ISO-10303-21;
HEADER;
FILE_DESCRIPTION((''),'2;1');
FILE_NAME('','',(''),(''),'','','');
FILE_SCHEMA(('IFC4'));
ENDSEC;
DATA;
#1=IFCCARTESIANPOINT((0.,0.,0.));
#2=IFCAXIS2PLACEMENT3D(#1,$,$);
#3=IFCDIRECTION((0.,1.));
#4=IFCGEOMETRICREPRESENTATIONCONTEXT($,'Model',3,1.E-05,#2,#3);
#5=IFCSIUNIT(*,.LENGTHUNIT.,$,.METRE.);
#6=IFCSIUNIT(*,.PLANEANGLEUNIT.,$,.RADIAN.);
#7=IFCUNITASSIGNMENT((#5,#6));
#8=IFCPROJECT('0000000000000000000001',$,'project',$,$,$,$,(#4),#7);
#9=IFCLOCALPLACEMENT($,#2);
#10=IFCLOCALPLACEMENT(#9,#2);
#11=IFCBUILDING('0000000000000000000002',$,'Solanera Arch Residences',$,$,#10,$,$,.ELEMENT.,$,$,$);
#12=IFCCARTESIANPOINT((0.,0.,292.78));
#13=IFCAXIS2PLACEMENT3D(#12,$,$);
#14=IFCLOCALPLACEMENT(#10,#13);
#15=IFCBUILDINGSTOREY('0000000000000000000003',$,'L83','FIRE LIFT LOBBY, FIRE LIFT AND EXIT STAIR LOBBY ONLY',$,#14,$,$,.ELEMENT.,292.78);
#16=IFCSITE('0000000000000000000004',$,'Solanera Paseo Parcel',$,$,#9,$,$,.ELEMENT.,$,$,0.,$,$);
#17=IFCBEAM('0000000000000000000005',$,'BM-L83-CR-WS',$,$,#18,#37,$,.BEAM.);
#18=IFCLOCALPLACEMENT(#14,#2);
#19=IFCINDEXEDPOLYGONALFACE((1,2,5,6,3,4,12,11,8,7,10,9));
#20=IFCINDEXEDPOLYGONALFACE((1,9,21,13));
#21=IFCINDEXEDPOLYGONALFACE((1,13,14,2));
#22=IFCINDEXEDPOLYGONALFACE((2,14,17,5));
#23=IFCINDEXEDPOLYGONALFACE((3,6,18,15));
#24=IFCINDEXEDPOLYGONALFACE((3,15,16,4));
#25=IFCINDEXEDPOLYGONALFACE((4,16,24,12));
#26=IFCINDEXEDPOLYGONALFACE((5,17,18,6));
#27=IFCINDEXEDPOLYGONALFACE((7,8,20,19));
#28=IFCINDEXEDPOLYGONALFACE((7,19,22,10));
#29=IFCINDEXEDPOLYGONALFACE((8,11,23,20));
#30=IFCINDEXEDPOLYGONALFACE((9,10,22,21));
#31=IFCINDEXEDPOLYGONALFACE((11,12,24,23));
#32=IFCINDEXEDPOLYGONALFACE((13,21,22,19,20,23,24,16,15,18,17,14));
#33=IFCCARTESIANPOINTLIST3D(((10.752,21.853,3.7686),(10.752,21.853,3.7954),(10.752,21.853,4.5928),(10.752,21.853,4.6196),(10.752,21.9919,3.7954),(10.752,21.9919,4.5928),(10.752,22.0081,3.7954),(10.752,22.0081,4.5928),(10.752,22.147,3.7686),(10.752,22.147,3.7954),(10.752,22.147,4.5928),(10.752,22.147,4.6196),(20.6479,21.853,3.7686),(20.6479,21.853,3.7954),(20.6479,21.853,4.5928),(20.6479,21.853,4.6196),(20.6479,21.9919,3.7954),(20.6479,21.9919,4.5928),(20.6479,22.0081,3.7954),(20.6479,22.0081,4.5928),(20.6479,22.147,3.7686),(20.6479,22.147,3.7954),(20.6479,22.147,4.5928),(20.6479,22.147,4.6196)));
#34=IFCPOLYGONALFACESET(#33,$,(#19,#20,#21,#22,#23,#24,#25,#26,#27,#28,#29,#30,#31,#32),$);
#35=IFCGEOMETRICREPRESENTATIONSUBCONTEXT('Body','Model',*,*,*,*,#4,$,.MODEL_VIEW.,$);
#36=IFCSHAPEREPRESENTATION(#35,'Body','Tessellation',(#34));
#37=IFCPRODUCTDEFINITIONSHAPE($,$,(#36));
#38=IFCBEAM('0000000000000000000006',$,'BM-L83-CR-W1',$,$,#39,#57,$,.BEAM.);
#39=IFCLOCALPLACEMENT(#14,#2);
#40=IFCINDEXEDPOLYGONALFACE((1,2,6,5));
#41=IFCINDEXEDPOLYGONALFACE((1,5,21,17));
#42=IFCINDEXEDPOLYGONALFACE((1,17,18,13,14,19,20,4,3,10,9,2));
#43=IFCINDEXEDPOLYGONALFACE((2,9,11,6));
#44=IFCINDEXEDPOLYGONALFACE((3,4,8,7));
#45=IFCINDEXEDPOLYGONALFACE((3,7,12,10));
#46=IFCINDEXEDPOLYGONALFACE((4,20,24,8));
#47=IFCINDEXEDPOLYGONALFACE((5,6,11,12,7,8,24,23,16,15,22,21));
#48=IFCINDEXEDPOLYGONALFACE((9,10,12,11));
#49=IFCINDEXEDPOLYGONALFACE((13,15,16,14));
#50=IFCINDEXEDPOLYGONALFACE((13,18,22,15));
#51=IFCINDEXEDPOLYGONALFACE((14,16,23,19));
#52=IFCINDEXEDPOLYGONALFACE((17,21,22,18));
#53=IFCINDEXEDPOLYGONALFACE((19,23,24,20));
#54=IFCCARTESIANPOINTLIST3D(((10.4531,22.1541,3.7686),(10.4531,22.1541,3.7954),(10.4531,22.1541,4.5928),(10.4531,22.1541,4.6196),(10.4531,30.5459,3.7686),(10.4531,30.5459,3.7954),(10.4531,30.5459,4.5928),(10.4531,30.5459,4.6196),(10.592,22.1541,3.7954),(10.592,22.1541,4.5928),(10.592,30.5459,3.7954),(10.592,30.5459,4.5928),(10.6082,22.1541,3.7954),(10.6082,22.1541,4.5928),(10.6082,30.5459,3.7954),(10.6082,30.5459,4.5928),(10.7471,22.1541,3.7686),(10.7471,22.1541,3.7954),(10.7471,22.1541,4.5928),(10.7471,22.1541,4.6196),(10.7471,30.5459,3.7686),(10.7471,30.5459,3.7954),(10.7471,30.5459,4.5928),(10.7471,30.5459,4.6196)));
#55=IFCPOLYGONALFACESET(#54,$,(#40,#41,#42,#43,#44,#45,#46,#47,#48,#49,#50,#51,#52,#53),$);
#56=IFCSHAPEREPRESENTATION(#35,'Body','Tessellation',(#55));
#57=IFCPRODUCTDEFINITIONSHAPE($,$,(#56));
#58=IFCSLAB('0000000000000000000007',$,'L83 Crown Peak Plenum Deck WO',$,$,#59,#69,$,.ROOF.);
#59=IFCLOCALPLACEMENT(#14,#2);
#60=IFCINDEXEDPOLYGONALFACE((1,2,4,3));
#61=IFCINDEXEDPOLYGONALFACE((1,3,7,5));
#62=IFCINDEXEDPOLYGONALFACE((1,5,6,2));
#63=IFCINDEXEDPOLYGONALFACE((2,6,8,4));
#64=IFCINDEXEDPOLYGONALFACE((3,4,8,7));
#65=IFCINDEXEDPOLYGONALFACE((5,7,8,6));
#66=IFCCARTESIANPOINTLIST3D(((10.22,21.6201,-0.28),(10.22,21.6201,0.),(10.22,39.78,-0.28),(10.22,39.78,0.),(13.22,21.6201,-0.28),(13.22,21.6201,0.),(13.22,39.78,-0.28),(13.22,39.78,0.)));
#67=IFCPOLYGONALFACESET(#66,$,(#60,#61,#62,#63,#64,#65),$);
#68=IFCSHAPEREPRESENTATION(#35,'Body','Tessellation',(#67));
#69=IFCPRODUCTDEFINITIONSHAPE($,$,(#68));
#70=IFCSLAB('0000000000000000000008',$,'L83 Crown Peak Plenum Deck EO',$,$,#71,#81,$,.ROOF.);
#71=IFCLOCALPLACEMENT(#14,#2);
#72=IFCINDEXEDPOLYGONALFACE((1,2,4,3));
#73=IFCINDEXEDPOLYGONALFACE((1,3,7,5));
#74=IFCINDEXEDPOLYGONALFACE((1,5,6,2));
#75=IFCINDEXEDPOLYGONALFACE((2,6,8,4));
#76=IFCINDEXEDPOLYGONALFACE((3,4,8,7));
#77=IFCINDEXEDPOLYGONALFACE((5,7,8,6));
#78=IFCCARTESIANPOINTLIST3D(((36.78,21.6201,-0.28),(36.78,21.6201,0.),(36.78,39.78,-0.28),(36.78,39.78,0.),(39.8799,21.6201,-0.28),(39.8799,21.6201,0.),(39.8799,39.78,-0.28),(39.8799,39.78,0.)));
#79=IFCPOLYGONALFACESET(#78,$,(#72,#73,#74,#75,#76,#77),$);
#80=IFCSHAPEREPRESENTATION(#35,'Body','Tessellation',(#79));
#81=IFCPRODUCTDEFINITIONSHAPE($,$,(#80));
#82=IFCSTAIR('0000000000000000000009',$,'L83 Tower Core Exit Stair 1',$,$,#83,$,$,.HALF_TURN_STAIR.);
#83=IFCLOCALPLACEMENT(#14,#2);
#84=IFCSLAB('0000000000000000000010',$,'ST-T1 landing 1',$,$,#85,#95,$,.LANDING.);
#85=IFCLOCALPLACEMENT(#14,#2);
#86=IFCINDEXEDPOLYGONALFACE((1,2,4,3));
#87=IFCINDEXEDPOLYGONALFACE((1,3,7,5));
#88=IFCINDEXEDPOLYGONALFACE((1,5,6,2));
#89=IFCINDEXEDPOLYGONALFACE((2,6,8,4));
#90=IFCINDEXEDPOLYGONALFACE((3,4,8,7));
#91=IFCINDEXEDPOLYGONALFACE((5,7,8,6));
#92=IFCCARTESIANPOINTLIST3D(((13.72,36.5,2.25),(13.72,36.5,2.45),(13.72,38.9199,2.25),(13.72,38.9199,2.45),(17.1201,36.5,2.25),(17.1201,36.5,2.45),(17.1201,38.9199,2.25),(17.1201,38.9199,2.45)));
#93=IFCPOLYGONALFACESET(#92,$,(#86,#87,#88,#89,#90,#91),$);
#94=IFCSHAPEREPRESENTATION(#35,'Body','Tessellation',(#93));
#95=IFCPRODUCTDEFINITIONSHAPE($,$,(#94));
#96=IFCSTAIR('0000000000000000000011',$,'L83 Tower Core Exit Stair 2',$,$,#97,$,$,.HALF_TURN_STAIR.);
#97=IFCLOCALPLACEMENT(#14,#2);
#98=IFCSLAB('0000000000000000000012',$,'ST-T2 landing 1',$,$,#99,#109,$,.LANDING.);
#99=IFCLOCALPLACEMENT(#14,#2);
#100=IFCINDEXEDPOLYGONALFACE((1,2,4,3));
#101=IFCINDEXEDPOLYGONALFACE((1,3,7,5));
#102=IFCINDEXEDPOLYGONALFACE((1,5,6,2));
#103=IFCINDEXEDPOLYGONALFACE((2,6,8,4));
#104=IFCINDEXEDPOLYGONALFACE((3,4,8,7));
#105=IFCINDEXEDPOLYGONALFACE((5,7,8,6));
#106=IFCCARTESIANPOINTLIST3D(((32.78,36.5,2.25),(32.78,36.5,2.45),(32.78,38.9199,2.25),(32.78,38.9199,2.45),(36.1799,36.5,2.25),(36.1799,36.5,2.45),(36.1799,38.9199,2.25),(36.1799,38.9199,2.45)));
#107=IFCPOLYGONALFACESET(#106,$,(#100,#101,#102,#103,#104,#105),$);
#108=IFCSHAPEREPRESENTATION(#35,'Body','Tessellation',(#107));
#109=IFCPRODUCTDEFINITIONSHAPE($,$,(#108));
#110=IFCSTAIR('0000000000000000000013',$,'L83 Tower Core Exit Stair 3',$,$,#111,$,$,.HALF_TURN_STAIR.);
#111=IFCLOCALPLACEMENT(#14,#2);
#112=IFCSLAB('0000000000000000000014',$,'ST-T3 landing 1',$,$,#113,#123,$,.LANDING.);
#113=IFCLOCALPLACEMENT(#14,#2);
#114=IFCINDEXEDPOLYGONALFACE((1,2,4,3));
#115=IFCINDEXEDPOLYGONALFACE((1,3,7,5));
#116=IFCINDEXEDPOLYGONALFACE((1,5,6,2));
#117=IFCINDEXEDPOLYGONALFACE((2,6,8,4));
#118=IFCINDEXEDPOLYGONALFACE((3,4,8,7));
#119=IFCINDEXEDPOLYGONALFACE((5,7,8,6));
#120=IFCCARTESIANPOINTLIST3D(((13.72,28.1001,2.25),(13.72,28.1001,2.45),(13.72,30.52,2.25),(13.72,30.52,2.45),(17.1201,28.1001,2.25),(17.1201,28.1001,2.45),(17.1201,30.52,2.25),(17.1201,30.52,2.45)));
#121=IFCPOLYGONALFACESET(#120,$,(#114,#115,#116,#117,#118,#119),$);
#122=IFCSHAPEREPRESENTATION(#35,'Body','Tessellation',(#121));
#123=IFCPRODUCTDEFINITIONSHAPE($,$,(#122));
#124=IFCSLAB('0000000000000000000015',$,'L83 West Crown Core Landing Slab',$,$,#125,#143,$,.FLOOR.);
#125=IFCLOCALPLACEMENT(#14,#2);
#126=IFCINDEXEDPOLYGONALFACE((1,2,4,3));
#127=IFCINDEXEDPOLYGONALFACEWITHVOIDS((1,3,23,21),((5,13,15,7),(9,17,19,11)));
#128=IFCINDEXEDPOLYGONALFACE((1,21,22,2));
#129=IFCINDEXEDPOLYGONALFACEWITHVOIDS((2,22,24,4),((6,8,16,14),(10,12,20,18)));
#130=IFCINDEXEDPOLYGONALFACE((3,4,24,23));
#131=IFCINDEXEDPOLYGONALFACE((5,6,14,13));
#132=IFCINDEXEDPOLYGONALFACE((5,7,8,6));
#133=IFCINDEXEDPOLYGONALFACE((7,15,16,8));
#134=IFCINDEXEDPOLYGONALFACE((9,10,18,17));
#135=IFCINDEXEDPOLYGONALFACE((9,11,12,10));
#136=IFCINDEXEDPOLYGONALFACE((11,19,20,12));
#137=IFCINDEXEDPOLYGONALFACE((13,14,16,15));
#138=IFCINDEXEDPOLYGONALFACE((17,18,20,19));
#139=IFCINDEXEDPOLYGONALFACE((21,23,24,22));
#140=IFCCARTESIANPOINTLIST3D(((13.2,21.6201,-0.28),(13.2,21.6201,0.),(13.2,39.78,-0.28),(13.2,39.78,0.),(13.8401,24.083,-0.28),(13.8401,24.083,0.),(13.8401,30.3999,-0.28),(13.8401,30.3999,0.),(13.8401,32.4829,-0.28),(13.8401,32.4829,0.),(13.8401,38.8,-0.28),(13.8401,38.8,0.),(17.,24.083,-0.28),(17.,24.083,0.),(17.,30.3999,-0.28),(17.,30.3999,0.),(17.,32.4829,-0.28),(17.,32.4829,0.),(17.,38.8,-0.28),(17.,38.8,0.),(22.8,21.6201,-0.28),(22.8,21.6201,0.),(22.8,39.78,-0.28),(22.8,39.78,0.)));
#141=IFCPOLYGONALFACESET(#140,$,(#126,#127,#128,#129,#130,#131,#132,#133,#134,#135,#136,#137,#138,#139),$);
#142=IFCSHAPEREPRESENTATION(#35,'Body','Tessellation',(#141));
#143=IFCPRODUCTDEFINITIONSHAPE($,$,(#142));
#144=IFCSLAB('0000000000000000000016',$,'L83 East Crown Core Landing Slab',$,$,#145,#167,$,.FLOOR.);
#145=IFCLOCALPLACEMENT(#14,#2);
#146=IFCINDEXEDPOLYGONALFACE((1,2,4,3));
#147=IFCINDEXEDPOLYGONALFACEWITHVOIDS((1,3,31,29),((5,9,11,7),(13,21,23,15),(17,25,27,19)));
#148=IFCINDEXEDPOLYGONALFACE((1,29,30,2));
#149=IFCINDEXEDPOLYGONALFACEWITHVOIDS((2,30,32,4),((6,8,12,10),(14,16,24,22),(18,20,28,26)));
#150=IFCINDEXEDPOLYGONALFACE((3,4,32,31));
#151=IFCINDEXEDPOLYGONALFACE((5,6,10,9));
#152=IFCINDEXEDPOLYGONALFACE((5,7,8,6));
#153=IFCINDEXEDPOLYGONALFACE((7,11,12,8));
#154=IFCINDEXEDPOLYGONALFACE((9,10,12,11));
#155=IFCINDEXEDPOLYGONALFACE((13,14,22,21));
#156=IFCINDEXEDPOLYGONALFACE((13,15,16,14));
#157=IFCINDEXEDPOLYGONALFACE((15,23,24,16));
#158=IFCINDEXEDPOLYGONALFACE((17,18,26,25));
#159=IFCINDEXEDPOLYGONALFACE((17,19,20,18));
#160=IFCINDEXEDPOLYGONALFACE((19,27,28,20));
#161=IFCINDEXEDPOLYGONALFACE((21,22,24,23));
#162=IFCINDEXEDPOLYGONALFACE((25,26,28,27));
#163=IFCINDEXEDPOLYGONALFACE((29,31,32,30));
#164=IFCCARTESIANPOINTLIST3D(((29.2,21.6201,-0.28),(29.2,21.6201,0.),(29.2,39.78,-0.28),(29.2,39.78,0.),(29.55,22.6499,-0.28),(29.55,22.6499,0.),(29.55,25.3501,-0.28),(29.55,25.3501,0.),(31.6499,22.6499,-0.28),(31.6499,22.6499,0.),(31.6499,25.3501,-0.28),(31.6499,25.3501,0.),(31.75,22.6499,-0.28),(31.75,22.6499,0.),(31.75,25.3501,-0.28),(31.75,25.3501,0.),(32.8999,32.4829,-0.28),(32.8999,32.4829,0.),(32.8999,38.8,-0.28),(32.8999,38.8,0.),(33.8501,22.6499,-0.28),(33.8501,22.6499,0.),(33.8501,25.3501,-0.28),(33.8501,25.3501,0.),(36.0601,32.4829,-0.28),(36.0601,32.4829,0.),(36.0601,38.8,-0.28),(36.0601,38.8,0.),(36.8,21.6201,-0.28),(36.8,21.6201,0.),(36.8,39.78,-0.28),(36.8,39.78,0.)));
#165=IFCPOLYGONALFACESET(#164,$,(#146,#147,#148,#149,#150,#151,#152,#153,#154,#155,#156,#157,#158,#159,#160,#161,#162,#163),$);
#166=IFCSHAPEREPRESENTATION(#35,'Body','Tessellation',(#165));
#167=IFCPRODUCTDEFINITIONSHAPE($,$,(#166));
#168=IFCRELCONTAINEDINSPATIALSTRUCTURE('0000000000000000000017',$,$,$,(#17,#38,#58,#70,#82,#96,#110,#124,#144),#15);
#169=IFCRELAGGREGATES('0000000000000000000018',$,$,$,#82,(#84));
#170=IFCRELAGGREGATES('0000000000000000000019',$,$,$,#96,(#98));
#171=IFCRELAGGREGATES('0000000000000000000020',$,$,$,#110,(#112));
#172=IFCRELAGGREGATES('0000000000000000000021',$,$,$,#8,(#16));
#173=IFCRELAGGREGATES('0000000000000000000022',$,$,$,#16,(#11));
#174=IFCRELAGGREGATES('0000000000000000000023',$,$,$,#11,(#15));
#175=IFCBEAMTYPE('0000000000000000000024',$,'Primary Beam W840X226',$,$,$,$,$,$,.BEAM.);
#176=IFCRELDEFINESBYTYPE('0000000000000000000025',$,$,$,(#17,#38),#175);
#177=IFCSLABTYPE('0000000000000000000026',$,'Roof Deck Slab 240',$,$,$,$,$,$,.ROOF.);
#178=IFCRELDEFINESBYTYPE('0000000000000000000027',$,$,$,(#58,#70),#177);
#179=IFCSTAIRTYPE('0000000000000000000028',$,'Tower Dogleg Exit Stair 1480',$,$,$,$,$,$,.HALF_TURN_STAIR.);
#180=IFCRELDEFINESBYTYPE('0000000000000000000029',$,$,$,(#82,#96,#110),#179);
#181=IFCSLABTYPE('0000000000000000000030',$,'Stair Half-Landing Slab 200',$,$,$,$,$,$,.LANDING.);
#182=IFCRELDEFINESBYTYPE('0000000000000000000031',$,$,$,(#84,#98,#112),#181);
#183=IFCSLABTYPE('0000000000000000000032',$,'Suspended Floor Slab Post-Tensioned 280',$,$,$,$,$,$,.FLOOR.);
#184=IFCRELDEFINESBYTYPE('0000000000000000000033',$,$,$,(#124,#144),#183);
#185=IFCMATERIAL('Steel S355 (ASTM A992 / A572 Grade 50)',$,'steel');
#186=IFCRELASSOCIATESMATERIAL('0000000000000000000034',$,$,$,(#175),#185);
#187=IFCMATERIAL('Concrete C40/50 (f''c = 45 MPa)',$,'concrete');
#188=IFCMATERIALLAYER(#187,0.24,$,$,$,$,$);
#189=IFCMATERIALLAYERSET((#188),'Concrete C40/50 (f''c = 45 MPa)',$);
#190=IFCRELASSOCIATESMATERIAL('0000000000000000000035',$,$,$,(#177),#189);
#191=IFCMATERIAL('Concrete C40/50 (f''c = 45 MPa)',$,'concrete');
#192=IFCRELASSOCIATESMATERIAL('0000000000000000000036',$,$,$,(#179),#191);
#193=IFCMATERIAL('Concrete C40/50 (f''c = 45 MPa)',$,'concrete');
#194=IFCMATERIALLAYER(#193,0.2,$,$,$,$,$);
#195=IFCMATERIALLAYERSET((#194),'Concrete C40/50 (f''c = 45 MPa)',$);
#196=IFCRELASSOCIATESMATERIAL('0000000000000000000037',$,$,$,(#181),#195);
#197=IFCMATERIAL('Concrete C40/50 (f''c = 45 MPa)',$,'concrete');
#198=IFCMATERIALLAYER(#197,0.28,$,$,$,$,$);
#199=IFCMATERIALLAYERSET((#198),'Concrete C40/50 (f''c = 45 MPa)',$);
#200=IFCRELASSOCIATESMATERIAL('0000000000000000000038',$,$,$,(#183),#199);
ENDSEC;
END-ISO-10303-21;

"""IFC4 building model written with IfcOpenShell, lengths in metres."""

from ifc_helpers import new_model, si_unit, direction, frame, origin, origin_2d, place, context, subcontext, project, spatial, polyline, i_section, outline, extrude, material, layer, layer_set, material_profile, profile_set, type_object, element, aggregate, save


model = new_model("IFC4")

# Units and contexts
model_context = context("Model", 3, precision=1e-05, world=origin(), true_north=direction((0.0, 1.0)))
body_context = subcontext(model_context, "Body", "Model", "MODEL_VIEW")
ifc_project = project(units=[si_unit("LENGTHUNIT", "METRE"), si_unit("PLANEANGLEUNIT", "RADIAN")], contexts=[model_context])

# Site, building, storey
site_placement = place(None, origin())
site = spatial("IfcSite", under=ifc_project, at=site_placement, Name="Solanera Paseo Parcel", CompositionType="ELEMENT", RefElevation=0.0)
building_placement = place(site_placement, origin())
building = spatial("IfcBuilding", under=site, at=building_placement, Name="Solanera Arch Residences", CompositionType="ELEMENT")
storey_placement = place(building_placement, frame((0.0, 0.0, 292.78)))
storey = spatial("IfcBuildingStorey", under=building, at=storey_placement, Name="L83", Description="FIRE LIFT LOBBY, FIRE LIFT AND EXIT STAIR LOBBY ONLY", CompositionType="ELEMENT", Elevation=292.78)

# Beams
ifc_material_1 = material(Name="Steel S355 (ASTM A992 / A572 Grade 50)", Category="steel")
ifc_material_profile_1 = material_profile(ifc_material_1, i_section(OverallWidth=0.2939, OverallDepth=0.8511, WebThickness=0.0161, FlangeThickness=0.0269, at=origin_2d()))
ifc_profile_set_1 = profile_set([ifc_material_profile_1], Name="Steel S355 (ASTM A992 / A572 Grade 50)")
beam_type_1 = type_object("IfcBeamType", Name="Primary Beam W840X226", PredefinedType="BEAM", material=ifc_profile_set_1)
beam_1_placement = place(storey_placement, frame((10.752, 22.0, 4.1941), z_axis=(1.0, 0.0, 0.0), x_axis=(0.0, 1.0, 0.0)))
element("IfcBeam", 1, at=beam_1_placement, inside=storey, type_object=beam_type_1, Name="BM-L83-CR-WS", PredefinedType="BEAM", context=body_context, shape_type="SweptSolid", body=[
    extrude(i_section(OverallWidth=0.2939, OverallDepth=0.8511, WebThickness=0.0161, FlangeThickness=0.0269, at=origin_2d()), origin(), (0.0, 0.0, 1.0), 9.896),
])
beam_2_placement = place(storey_placement, frame((10.6001, 22.1541, 4.1941), z_axis=(0.0, 1.0, 0.0), x_axis=(-1.0, 0.0, 0.0)))
element("IfcBeam", 2, at=beam_2_placement, inside=storey, type_object=beam_type_1, Name="BM-L83-CR-W1", PredefinedType="BEAM", context=body_context, shape_type="SweptSolid", body=[
    extrude(i_section(OverallWidth=0.2939, OverallDepth=0.8511, WebThickness=0.0161, FlangeThickness=0.0269, at=origin_2d()), origin(), (0.0, 0.0, 1.0), 8.3918),
])

# Slabs
ifc_material_2 = material(Name="Concrete C40/50 (f'c = 45 MPa)", Category="concrete")
ifc_layer_1 = layer(ifc_material_2, 0.24)
ifc_layer_set_1 = layer_set([ifc_layer_1], Name="Concrete C40/50 (f'c = 45 MPa)")
slab_type_1 = type_object("IfcSlabType", Name="Roof Deck Slab 240", PredefinedType="ROOF", material=ifc_layer_set_1)
slab_1_placement = place(storey_placement, frame((0.0, 0.0, -0.28)))
element("IfcSlab", 3, at=slab_1_placement, inside=storey, type_object=slab_type_1, Name="L83 Crown Peak Plenum Deck WO", PredefinedType="ROOF", context=body_context, shape_type="SweptSolid", body=[
    extrude(outline(polyline([(13.22, 21.6201), (13.22, 39.78), (10.22, 39.78), (10.22, 21.6201), (13.22, 21.6201)])), origin(), (0.0, 0.0, 1.0), 0.28),
])
slab_2_placement = place(storey_placement, frame((0.0, 0.0, -0.28)))
element("IfcSlab", 4, at=slab_2_placement, inside=storey, type_object=slab_type_1, Name="L83 Crown Peak Plenum Deck EO", PredefinedType="ROOF", context=body_context, shape_type="SweptSolid", body=[
    extrude(outline(polyline([(39.8799, 21.6201), (39.8799, 39.78), (36.78, 39.78), (36.78, 21.6201), (39.8799, 21.6201)])), origin(), (0.0, 0.0, 1.0), 0.28),
])

# Stairs, slabs
ifc_material_3 = material(Name="Concrete C40/50 (f'c = 45 MPa)", Category="concrete")
stair_type = type_object("IfcStairType", Name="Tower Dogleg Exit Stair 1480", PredefinedType="HALF_TURN_STAIR", material=ifc_material_3)
stair_1_placement = place(storey_placement, origin())
stair_1 = element("IfcStair", 5, at=stair_1_placement, inside=storey, type_object=stair_type, Name="L83 Tower Core Exit Stair 1", PredefinedType="HALF_TURN_STAIR")
ifc_material_4 = material(Name="Concrete C40/50 (f'c = 45 MPa)", Category="concrete")
ifc_layer_2 = layer(ifc_material_4, 0.2)
ifc_layer_set_2 = layer_set([ifc_layer_2], Name="Concrete C40/50 (f'c = 45 MPa)")
slab_type_2 = type_object("IfcSlabType", Name="Stair Half-Landing Slab 200", PredefinedType="LANDING", material=ifc_layer_set_2)
slab_3_placement = place(storey_placement, frame((0.0, 0.0, 2.25)))
slab_3 = element("IfcSlab", 6, at=slab_3_placement, type_object=slab_type_2, Name="ST-T1 landing 1", PredefinedType="LANDING", context=body_context, shape_type="SweptSolid", body=[
    extrude(outline(polyline([(17.1201, 36.5), (17.1201, 38.9199), (13.72, 38.9199), (13.72, 36.5), (17.1201, 36.5)])), origin(), (0.0, 0.0, 1.0), 0.2),
])
aggregate(stair_1, [slab_3])
stair_2_placement = place(storey_placement, origin())
stair_2 = element("IfcStair", 7, at=stair_2_placement, inside=storey, type_object=stair_type, Name="L83 Tower Core Exit Stair 2", PredefinedType="HALF_TURN_STAIR")
slab_4_placement = place(storey_placement, frame((0.0, 0.0, 2.25)))
slab_4 = element("IfcSlab", 8, at=slab_4_placement, type_object=slab_type_2, Name="ST-T2 landing 1", PredefinedType="LANDING", context=body_context, shape_type="SweptSolid", body=[
    extrude(outline(polyline([(36.1799, 36.5), (36.1799, 38.9199), (32.78, 38.9199), (32.78, 36.5), (36.1799, 36.5)])), origin(), (0.0, 0.0, 1.0), 0.2),
])
aggregate(stair_2, [slab_4])
stair_3_placement = place(storey_placement, origin())
stair_3 = element("IfcStair", 9, at=stair_3_placement, inside=storey, type_object=stair_type, Name="L83 Tower Core Exit Stair 3", PredefinedType="HALF_TURN_STAIR")
slab_5_placement = place(storey_placement, frame((0.0, 0.0, 2.25)))
slab_5 = element("IfcSlab", 10, at=slab_5_placement, type_object=slab_type_2, Name="ST-T3 landing 1", PredefinedType="LANDING", context=body_context, shape_type="SweptSolid", body=[
    extrude(outline(polyline([(17.1201, 28.1001), (17.1201, 30.52), (13.72, 30.52), (13.72, 28.1001), (17.1201, 28.1001)])), origin(), (0.0, 0.0, 1.0), 0.2),
])

# Slabs
ifc_material_5 = material(Name="Concrete C40/50 (f'c = 45 MPa)", Category="concrete")
ifc_layer_3 = layer(ifc_material_5, 0.28)
ifc_layer_set_3 = layer_set([ifc_layer_3], Name="Concrete C40/50 (f'c = 45 MPa)")
slab_type_3 = type_object("IfcSlabType", Name="Suspended Floor Slab Post-Tensioned 280", PredefinedType="FLOOR", material=ifc_layer_set_3)
slab_6_placement = place(storey_placement, frame((0.0, 0.0, -0.28)))
element("IfcSlab", 11, at=slab_6_placement, inside=storey, type_object=slab_type_3, Name="L83 West Crown Core Landing Slab", PredefinedType="FLOOR", context=body_context, shape_type="SweptSolid", body=[
    extrude(outline(polyline([(22.8, 21.6201), (22.8, 39.78), (13.2, 39.78), (13.2, 21.6201), (22.8, 21.6201)]), holes=[polyline([(13.8401, 32.4829), (13.8401, 38.8), (17.0, 38.8), (17.0, 32.4829), (13.8401, 32.4829)]), polyline([(13.8401, 24.083), (13.8401, 30.3999), (17.0, 30.3999), (17.0, 24.083), (13.8401, 24.083)])]), origin(), (0.0, 0.0, 1.0), 0.28),
])
slab_7_placement = place(storey_placement, frame((0.0, 0.0, -0.28)))
element("IfcSlab", 12, at=slab_7_placement, inside=storey, type_object=slab_type_3, Name="L83 East Crown Core Landing Slab", PredefinedType="FLOOR", context=body_context, shape_type="SweptSolid", body=[
    extrude(outline(polyline([(36.8, 21.6201), (36.8, 39.78), (29.2, 39.78), (29.2, 21.6201), (36.8, 21.6201)]), holes=[polyline([(32.8999, 32.4829), (32.8999, 38.8), (36.0601, 38.8), (36.0601, 32.4829), (32.8999, 32.4829)]), polyline([(29.55, 25.3501), (31.6499, 25.3501), (31.6499, 22.6499), (29.55, 22.6499), (29.55, 25.3501)]), polyline([(31.75, 25.3501), (33.8501, 25.3501), (33.8501, 22.6499), (31.75, 22.6499), (31.75, 25.3501)])]), origin(), (0.0, 0.0, 1.0), 0.28),
])

aggregate(stair_3, [slab_5])

save(model, "model.ifc")
